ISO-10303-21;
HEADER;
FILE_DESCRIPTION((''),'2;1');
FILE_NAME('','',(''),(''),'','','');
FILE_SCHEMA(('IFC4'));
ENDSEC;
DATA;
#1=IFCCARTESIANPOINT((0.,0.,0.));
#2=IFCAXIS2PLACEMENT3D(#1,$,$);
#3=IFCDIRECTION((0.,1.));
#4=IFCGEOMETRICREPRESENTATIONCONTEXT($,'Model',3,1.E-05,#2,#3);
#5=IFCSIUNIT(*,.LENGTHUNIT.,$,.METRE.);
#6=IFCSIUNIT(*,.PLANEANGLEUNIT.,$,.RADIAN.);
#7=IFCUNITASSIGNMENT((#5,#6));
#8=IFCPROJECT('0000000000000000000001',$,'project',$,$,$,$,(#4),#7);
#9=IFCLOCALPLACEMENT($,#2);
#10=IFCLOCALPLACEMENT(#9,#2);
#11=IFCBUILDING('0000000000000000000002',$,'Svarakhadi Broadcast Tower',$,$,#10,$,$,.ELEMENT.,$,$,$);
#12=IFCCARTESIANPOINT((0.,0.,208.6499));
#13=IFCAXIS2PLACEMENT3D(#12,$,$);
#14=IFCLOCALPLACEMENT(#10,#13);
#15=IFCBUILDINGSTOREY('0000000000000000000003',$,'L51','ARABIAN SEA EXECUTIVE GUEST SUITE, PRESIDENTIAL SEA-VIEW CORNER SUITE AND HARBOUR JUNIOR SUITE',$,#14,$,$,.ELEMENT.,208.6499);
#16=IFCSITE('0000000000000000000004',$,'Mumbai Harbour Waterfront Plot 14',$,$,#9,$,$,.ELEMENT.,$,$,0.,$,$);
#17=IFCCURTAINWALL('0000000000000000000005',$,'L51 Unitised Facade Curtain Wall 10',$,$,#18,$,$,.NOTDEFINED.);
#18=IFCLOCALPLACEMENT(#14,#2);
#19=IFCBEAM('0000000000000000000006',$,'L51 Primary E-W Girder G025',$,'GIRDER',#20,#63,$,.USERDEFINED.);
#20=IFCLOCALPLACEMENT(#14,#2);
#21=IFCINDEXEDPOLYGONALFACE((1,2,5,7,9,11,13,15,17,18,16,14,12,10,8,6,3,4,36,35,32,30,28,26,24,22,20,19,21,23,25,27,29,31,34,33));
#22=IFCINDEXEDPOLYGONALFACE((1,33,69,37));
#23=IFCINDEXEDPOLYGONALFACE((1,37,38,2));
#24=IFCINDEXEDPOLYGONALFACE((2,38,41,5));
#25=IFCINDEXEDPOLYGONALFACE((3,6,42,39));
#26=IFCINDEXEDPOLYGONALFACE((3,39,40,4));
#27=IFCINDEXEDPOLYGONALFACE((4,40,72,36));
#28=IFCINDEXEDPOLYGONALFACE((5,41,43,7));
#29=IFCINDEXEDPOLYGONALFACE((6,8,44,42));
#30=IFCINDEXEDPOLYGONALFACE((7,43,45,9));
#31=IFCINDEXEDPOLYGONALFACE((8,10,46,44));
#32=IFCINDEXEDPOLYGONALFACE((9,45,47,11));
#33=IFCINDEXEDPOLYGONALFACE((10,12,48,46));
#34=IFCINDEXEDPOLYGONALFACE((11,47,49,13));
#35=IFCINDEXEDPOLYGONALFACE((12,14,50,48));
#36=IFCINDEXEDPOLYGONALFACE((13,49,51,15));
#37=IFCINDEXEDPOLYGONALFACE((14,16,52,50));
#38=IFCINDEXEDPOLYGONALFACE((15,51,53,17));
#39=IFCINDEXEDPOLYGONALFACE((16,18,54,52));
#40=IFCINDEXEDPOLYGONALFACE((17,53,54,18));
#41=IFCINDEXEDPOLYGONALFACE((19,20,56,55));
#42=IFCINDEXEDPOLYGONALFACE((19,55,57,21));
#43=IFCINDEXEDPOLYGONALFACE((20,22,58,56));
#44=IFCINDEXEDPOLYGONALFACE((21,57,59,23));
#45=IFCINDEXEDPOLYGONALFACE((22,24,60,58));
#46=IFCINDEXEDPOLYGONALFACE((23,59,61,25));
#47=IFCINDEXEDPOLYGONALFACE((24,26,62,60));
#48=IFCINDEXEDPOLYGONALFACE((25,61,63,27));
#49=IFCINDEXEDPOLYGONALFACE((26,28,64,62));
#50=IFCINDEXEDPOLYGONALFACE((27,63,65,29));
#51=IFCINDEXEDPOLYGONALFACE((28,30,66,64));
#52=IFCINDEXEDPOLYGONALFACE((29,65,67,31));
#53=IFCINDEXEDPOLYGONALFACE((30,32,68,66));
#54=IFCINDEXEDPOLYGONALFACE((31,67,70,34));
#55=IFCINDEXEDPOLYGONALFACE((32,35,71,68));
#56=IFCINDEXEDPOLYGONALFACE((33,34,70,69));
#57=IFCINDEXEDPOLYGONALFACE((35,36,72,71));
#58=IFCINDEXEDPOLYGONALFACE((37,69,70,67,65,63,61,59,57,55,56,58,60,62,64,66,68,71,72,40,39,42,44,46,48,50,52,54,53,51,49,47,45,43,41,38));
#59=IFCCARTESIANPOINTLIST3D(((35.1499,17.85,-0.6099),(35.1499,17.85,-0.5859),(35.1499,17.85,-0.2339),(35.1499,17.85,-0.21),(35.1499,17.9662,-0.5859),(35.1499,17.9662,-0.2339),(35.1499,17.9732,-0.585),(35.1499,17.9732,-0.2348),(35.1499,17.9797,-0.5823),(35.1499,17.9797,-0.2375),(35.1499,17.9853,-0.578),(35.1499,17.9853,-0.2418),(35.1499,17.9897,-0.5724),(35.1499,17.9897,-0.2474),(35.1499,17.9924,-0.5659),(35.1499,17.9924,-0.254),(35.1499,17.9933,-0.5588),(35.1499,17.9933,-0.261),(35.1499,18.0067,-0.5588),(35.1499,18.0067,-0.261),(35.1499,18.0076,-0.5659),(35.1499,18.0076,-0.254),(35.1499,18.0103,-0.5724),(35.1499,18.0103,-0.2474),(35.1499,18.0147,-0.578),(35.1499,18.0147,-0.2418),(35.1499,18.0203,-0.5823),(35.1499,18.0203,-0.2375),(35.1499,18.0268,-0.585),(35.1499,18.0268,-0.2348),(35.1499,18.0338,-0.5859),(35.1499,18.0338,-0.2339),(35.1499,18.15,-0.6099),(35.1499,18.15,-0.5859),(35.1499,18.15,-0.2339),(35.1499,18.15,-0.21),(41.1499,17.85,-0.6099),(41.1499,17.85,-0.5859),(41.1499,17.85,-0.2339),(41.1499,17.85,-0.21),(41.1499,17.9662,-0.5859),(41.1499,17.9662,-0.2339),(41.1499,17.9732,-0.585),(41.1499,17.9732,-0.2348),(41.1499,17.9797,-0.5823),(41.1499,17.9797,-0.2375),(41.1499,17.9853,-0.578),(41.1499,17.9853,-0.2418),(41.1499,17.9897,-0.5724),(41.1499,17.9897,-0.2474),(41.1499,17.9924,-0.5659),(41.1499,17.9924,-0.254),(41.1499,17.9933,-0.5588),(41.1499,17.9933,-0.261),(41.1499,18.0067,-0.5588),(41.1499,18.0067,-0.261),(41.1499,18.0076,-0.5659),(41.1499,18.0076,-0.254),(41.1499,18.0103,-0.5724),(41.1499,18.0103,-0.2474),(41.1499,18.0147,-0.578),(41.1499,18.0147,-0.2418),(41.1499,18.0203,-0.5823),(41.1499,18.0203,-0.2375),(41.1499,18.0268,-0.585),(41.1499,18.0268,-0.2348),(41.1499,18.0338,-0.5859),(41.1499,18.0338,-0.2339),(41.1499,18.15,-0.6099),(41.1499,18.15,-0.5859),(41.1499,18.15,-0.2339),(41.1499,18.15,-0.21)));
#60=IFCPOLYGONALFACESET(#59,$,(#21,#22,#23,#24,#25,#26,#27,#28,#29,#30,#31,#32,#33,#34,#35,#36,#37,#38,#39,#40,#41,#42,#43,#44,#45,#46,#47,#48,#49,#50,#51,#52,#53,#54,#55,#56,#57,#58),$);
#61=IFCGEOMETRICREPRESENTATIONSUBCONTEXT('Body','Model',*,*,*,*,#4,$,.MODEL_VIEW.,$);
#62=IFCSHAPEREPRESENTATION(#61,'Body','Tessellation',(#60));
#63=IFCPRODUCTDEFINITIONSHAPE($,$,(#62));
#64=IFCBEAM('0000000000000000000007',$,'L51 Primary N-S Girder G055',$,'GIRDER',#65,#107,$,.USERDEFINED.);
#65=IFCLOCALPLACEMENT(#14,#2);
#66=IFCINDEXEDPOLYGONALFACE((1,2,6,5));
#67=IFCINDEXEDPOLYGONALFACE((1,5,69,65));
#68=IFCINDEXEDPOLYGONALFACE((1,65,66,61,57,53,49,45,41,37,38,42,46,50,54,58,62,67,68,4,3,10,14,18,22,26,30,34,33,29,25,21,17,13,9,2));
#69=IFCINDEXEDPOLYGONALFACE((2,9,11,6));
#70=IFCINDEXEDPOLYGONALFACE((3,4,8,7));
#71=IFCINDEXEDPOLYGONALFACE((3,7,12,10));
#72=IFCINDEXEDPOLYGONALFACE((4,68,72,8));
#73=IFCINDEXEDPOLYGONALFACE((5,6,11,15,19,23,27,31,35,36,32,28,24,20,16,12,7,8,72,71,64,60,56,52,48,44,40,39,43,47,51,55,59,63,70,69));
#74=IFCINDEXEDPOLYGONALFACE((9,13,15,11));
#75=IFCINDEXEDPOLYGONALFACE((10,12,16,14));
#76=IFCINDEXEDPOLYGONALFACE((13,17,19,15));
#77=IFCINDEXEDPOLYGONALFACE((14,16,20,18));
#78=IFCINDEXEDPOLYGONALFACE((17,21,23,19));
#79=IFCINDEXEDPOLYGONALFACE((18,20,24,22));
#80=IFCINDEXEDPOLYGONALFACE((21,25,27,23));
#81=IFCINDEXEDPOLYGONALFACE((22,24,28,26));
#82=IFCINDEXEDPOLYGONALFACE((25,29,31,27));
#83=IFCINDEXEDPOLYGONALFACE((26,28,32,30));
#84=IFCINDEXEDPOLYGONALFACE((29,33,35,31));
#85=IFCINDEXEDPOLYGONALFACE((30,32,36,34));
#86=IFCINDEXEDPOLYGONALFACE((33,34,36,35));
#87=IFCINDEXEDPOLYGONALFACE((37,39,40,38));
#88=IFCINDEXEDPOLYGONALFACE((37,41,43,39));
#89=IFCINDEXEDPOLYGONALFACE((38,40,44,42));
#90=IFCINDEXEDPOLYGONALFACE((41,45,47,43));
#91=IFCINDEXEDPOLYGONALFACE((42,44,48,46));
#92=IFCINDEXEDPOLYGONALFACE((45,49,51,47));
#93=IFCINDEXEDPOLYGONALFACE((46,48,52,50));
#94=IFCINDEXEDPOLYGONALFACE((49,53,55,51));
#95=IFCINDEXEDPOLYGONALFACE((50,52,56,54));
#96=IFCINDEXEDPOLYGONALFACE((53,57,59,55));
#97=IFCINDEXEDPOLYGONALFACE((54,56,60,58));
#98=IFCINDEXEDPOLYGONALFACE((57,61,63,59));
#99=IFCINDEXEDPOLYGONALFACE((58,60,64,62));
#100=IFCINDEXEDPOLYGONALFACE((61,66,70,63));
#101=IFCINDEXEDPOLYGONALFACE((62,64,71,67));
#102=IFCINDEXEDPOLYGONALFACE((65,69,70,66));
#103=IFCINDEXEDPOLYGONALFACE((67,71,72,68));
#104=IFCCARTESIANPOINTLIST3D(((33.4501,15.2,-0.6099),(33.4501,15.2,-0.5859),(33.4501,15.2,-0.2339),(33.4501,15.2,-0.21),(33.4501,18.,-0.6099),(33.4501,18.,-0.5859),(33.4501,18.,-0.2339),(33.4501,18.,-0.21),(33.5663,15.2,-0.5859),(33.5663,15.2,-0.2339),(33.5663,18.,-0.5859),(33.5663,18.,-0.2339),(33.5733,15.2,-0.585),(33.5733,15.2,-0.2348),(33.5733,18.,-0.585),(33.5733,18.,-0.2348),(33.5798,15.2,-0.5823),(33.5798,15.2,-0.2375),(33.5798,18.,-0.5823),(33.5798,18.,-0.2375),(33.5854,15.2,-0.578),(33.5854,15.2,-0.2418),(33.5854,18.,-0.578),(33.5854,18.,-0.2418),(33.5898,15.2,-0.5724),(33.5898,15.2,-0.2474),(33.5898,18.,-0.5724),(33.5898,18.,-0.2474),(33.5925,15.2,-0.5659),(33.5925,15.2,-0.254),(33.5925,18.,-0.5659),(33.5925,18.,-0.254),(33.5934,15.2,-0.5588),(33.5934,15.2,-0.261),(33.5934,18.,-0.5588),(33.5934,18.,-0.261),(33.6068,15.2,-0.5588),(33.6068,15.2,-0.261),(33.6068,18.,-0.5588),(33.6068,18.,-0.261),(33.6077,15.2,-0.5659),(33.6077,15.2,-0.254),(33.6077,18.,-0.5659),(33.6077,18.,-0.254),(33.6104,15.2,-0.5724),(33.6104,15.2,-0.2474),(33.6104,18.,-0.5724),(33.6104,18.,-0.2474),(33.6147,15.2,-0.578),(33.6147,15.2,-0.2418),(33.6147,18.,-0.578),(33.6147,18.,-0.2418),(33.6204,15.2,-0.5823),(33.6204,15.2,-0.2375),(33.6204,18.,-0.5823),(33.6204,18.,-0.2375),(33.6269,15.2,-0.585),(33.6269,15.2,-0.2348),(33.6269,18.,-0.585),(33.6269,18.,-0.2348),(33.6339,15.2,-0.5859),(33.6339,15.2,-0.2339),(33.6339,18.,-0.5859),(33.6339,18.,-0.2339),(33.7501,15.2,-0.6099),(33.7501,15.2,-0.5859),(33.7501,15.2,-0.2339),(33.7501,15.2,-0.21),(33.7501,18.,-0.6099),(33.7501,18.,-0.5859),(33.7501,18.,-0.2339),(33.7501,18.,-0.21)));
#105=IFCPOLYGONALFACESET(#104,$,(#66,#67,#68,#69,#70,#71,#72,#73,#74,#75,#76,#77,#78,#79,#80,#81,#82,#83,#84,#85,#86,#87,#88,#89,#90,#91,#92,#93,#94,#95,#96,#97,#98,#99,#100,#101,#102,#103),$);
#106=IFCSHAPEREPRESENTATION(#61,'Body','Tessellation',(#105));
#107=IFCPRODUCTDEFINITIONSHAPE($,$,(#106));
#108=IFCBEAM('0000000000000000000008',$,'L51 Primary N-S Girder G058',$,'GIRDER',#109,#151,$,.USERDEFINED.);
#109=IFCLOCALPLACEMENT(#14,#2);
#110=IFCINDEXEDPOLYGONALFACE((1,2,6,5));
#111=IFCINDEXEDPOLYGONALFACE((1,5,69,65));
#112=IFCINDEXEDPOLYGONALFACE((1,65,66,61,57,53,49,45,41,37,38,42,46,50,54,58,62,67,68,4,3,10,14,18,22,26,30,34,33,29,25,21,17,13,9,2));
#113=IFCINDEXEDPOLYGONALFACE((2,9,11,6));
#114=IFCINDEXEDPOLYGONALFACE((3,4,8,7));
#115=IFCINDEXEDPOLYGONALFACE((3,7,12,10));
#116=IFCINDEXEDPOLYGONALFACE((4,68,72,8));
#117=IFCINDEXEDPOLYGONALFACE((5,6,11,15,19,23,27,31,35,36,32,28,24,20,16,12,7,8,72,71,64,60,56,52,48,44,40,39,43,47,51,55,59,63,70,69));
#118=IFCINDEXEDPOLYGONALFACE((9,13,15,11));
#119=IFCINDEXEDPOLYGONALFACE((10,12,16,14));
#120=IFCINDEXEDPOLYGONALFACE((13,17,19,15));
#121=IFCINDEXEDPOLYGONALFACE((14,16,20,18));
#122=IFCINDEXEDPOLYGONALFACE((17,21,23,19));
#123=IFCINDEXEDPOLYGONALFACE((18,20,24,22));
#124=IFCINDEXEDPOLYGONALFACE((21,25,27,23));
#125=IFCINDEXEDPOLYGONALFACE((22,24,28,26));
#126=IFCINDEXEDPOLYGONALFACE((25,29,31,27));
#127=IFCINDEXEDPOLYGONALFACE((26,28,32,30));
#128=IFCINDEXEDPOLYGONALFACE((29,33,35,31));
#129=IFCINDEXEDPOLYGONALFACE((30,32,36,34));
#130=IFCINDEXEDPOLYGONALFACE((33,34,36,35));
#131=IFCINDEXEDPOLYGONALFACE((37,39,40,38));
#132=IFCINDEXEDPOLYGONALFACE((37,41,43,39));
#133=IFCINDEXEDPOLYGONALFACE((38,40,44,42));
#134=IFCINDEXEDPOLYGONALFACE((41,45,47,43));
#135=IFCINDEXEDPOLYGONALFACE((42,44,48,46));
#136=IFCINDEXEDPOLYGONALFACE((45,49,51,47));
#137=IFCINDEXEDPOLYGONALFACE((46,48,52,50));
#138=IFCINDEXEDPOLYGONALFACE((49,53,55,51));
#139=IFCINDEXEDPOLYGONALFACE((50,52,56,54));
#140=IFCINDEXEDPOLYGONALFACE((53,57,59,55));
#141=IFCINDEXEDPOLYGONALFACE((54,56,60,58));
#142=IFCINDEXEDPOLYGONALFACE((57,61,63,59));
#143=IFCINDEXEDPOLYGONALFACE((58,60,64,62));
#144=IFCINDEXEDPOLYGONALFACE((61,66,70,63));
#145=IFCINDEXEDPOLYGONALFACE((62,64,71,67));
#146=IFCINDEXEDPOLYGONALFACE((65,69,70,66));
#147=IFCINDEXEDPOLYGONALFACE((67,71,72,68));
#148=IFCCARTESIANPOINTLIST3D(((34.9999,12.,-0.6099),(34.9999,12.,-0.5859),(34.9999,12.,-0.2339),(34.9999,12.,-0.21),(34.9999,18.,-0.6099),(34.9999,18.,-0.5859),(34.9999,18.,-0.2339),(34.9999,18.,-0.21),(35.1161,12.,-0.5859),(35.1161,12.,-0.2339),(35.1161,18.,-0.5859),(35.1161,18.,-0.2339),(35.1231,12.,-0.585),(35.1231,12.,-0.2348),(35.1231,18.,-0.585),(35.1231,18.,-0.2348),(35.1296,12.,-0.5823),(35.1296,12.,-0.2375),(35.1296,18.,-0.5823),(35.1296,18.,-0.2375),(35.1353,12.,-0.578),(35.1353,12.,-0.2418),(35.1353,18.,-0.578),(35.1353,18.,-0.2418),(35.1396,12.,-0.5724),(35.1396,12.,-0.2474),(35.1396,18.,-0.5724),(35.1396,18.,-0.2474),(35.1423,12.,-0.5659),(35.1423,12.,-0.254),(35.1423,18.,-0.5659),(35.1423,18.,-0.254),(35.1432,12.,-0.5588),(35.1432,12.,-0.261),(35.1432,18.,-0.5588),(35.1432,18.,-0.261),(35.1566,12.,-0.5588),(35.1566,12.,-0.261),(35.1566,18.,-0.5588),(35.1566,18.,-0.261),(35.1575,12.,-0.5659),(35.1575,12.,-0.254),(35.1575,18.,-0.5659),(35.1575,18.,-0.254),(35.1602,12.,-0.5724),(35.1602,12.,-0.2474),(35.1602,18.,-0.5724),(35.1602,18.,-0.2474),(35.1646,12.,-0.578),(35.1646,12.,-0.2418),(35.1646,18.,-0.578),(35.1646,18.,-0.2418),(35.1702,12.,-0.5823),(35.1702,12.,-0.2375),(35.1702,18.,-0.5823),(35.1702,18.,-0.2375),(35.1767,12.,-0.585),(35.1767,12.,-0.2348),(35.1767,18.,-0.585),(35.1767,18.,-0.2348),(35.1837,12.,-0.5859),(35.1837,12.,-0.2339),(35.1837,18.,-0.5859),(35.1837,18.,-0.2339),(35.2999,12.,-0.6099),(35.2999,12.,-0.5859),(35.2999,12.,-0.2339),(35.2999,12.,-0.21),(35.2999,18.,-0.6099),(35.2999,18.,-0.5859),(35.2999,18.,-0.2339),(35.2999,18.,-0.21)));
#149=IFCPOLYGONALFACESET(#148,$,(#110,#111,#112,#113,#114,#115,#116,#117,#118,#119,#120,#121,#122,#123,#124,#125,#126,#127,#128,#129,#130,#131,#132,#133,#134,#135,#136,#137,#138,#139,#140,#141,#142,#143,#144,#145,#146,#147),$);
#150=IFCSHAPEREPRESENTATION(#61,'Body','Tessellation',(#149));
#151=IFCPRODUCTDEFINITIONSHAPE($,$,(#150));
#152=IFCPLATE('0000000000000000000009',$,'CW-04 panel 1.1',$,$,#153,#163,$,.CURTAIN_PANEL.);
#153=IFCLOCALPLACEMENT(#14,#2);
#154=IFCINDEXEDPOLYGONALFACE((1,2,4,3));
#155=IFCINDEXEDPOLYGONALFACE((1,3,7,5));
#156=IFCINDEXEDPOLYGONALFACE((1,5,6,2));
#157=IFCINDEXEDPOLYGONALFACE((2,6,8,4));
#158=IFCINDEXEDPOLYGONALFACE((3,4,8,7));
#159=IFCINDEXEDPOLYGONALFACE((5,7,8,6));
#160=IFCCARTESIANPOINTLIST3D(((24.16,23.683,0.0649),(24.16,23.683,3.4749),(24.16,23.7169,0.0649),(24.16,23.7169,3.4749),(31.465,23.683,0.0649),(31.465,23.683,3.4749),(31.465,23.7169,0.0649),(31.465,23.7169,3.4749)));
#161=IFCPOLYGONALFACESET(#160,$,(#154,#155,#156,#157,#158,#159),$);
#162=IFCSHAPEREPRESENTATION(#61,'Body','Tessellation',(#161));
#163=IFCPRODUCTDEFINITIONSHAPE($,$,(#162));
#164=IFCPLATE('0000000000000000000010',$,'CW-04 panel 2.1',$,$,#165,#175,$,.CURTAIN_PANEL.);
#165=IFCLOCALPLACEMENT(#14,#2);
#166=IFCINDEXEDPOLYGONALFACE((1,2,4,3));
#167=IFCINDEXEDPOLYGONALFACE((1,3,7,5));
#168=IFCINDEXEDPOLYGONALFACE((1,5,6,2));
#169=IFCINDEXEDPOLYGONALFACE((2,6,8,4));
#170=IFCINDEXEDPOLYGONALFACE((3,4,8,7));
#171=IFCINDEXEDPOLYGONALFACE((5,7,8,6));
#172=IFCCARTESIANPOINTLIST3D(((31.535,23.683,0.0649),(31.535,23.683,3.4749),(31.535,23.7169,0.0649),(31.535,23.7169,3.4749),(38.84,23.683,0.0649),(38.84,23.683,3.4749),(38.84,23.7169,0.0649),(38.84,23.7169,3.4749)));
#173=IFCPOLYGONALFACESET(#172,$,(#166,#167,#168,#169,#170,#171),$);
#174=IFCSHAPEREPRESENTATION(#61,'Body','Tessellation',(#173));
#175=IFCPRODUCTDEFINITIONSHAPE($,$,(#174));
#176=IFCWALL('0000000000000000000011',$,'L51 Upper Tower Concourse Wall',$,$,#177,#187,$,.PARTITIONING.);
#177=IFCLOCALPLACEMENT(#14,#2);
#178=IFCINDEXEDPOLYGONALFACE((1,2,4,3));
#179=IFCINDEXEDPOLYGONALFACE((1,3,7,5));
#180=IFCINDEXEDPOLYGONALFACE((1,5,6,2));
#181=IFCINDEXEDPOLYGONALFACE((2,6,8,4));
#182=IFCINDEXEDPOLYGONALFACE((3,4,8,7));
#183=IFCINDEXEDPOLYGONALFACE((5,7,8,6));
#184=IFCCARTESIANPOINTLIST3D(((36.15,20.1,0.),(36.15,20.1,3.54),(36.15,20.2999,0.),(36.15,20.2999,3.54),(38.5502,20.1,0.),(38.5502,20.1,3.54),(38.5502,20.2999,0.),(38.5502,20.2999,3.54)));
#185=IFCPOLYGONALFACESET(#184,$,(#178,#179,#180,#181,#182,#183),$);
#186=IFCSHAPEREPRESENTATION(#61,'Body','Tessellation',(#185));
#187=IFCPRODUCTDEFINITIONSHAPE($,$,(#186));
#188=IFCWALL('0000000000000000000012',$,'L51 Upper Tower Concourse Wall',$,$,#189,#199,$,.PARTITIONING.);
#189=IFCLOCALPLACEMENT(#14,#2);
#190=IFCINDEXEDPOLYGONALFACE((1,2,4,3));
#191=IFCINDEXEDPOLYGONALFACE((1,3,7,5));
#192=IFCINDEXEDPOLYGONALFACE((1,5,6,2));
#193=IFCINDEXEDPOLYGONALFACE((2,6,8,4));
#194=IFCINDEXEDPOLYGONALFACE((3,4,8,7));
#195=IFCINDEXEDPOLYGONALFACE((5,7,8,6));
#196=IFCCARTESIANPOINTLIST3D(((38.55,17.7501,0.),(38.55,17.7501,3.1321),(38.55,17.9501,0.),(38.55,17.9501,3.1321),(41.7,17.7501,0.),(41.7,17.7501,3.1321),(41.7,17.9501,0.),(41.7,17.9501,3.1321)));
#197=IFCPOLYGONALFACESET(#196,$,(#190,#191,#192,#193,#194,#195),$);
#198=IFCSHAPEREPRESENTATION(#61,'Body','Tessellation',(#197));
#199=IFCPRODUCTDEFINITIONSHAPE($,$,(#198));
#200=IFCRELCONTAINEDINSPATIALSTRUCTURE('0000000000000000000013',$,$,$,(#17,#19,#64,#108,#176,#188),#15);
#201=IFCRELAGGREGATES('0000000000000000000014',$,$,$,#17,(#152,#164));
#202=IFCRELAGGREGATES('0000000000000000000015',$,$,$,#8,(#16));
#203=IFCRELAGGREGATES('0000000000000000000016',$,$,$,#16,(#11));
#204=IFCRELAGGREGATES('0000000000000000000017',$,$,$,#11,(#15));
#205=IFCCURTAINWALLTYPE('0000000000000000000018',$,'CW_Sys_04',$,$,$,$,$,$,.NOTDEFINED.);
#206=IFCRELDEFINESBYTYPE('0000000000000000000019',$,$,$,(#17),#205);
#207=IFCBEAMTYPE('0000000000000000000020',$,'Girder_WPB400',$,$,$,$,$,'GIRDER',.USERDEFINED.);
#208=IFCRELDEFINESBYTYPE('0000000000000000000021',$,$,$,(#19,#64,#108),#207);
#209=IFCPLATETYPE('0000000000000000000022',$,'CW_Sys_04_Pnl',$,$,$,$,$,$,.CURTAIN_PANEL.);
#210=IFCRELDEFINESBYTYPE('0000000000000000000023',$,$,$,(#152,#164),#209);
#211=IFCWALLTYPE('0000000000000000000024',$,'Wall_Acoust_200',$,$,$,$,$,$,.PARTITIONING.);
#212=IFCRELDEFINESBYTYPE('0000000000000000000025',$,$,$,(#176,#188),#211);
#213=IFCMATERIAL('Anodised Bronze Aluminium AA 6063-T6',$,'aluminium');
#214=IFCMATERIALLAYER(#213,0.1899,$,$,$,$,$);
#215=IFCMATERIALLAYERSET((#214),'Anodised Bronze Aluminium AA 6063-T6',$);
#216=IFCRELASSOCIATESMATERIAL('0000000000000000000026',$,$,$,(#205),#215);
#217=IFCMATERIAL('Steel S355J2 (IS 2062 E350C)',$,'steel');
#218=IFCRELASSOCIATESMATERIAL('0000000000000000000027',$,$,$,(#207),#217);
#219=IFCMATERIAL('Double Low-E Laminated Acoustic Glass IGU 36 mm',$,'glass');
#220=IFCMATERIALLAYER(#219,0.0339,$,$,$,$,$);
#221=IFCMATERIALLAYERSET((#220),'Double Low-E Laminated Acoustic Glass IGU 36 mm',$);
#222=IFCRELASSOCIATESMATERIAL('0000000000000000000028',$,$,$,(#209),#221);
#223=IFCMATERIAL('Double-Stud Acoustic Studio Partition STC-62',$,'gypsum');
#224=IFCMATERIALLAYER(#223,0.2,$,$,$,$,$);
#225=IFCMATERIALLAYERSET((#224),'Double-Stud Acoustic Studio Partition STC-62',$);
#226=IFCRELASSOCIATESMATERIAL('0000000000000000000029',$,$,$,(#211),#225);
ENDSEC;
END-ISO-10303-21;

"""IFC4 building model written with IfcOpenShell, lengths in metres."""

from ifc_helpers import new_model, si_unit, direction, frame, frame_2d, origin, origin_2d, place, context, subcontext, project, spatial, rectangle, i_section, extrude, material, layer, layer_set, material_profile, profile_set, type_object, element, aggregate, save


model = new_model("IFC4")

# Units and contexts
model_context = context("Model", 3, precision=1e-05, world=origin(), true_north=direction((0.0, 1.0)))
body_context = subcontext(model_context, "Body", "Model", "MODEL_VIEW")
ifc_project = project(units=[si_unit("LENGTHUNIT", "METRE"), si_unit("PLANEANGLEUNIT", "RADIAN")], contexts=[model_context])

# Site, building, storey
site_placement = place(None, origin())
site = spatial("IfcSite", under=ifc_project, at=site_placement, Name="Mumbai Harbour Waterfront Plot 14", CompositionType="ELEMENT", RefElevation=0.0)
building_placement = place(site_placement, origin())
building = spatial("IfcBuilding", under=site, at=building_placement, Name="Svarakhadi Broadcast Tower", CompositionType="ELEMENT")
storey_placement = place(building_placement, frame((0.0, 0.0, 208.6499)))
storey = spatial("IfcBuildingStorey", under=building, at=storey_placement, Name="L51", Description="ARABIAN SEA EXECUTIVE GUEST SUITE, PRESIDENTIAL SEA-VIEW CORNER SUITE AND HARBOUR JUNIOR SUITE", CompositionType="ELEMENT", Elevation=208.6499)

# Shared definitions
ifc_material_1 = material(Name="Steel S355J2 (IS 2062 E350C)", Category="steel")

# Curtain wall
ifc_material_2 = material(Name="Anodised Bronze Aluminium AA 6063-T6", Category="aluminium")
ifc_layer_1 = layer(ifc_material_2, 0.1899)
ifc_layer_set_1 = layer_set([ifc_layer_1], Name="Anodised Bronze Aluminium AA 6063-T6")
curtain_wall_type = type_object("IfcCurtainWallType", Name="CW_Sys_04", PredefinedType="NOTDEFINED", material=ifc_layer_set_1)
curtain_wall_placement = place(storey_placement, origin())
curtain_wall = element("IfcCurtainWall", 1, at=curtain_wall_placement, inside=storey, type_object=curtain_wall_type, Name="L51 Unitised Facade Curtain Wall 10", PredefinedType="NOTDEFINED")

# Beams
ifc_material_profile_1 = material_profile(ifc_material_1, i_section(OverallWidth=0.3, OverallDepth=0.3999, WebThickness=0.0134, FlangeThickness=0.0239, FilletRadius=0.0271, at=origin_2d()), Name="WPB 400x300x155")
ifc_profile_set_1 = profile_set([ifc_material_profile_1], Name="Steel S355J2 (IS 2062 E350C)")
beam_type_1 = type_object("IfcBeamType", Name="Girder_WPB400", ElementType="GIRDER", PredefinedType="USERDEFINED", material=ifc_profile_set_1)
beam_1_placement = place(storey_placement, frame((35.1499, 18.0, -0.4099), z_axis=(1.0, 0.0, 0.0), x_axis=(0.0, 1.0, 0.0)))
element("IfcBeam", 2, at=beam_1_placement, inside=storey, type_object=beam_type_1, Name="L51 Primary E-W Girder G025", ObjectType="GIRDER", PredefinedType="USERDEFINED", context=body_context, shape_type="SweptSolid", body=[
    extrude(i_section(OverallWidth=0.3, OverallDepth=0.3999, WebThickness=0.0134, FlangeThickness=0.0239, FilletRadius=0.0271, at=origin_2d()), origin(), (0.0, 0.0, 1.0), 6.0),
])
beam_2_placement = place(storey_placement, frame((33.6001, 15.2, -0.4099), z_axis=(0.0, 1.0, 0.0), x_axis=(-1.0, 0.0, 0.0)))
element("IfcBeam", 3, at=beam_2_placement, inside=storey, type_object=beam_type_1, Name="L51 Primary N-S Girder G055", ObjectType="GIRDER", PredefinedType="USERDEFINED", context=body_context, shape_type="SweptSolid", body=[
    extrude(i_section(OverallWidth=0.3, OverallDepth=0.3999, WebThickness=0.0134, FlangeThickness=0.0239, FilletRadius=0.0271, at=origin_2d()), origin(), (0.0, 0.0, 1.0), 2.8),
])
beam_3_placement = place(storey_placement, frame((35.1499, 12.0, -0.4099), z_axis=(0.0, 1.0, 0.0), x_axis=(-1.0, 0.0, 0.0)))
element("IfcBeam", 4, at=beam_3_placement, inside=storey, type_object=beam_type_1, Name="L51 Primary N-S Girder G058", ObjectType="GIRDER", PredefinedType="USERDEFINED", context=body_context, shape_type="SweptSolid", body=[
    extrude(i_section(OverallWidth=0.3, OverallDepth=0.3999, WebThickness=0.0134, FlangeThickness=0.0239, FilletRadius=0.0271, at=origin_2d()), origin(), (0.0, 0.0, 1.0), 6.0),
])

# Plates
ifc_material_3 = material(Name="Double Low-E Laminated Acoustic Glass IGU 36 mm", Category="glass")
ifc_layer_2 = layer(ifc_material_3, 0.0339)
ifc_layer_set_2 = layer_set([ifc_layer_2], Name="Double Low-E Laminated Acoustic Glass IGU 36 mm")
plate_type = type_object("IfcPlateType", Name="CW_Sys_04_Pnl", PredefinedType="CURTAIN_PANEL", material=ifc_layer_set_2)
plate_1_placement = place(storey_placement, frame((27.8125, 23.7, 0.0649), z_axis=(0.0, 0.0, 1.0), x_axis=(1.0, 0.0, 0.0)))
plate_1 = element("IfcPlate", 5, at=plate_1_placement, type_object=plate_type, Name="CW-04 panel 1.1", PredefinedType="CURTAIN_PANEL", context=body_context, shape_type="SweptSolid", body=[
    extrude(rectangle(XDim=7.3049, YDim=0.0339, at=origin_2d()), origin(), (0.0, 0.0, 1.0), 3.4099),
])
plate_2_placement = place(storey_placement, frame((35.1875, 23.7, 0.0649), z_axis=(0.0, 0.0, 1.0), x_axis=(1.0, 0.0, 0.0)))
plate_2 = element("IfcPlate", 6, at=plate_2_placement, type_object=plate_type, Name="CW-04 panel 2.1", PredefinedType="CURTAIN_PANEL", context=body_context, shape_type="SweptSolid", body=[
    extrude(rectangle(XDim=7.3049, YDim=0.0339, at=origin_2d()), origin(), (0.0, 0.0, 1.0), 3.4099),
])
aggregate(curtain_wall, [plate_1, plate_2])

# Walls
ifc_material_4 = material(Name="Double-Stud Acoustic Studio Partition STC-62", Category="gypsum")
ifc_layer_3 = layer(ifc_material_4, 0.2)
ifc_layer_set_3 = layer_set([ifc_layer_3], Name="Double-Stud Acoustic Studio Partition STC-62")
wall_type_1 = type_object("IfcWallType", Name="Wall_Acoust_200", PredefinedType="PARTITIONING", material=ifc_layer_set_3)
wall_1_placement = place(storey_placement, frame((36.1499, 20.2, 0.0), z_axis=(0.0, 0.0, 1.0), x_axis=(1.0, 0.0, 0.0)))
element("IfcWall", 7, at=wall_1_placement, inside=storey, type_object=wall_type_1, Name="L51 Upper Tower Concourse Wall", PredefinedType="PARTITIONING", context=body_context, shape_type="SweptSolid", body=[
    extrude(rectangle(XDim=2.4001, YDim=0.2, at=frame_2d((1.2002, 0.0))), origin(), (0.0, 0.0, 1.0), 3.54),
])
wall_2_placement = place(storey_placement, frame((38.55, 17.8501, 0.0), z_axis=(0.0, 0.0, 1.0), x_axis=(1.0, 0.0, 0.0)))
element("IfcWall", 8, at=wall_2_placement, inside=storey, type_object=wall_type_1, Name="L51 Upper Tower Concourse Wall", PredefinedType="PARTITIONING", context=body_context, shape_type="SweptSolid", body=[
    extrude(rectangle(XDim=3.1499, YDim=0.2, at=frame_2d((1.575, 0.0))), origin(), (0.0, 0.0, 1.0), 3.1321),
])

save(model, "model.ifc")
